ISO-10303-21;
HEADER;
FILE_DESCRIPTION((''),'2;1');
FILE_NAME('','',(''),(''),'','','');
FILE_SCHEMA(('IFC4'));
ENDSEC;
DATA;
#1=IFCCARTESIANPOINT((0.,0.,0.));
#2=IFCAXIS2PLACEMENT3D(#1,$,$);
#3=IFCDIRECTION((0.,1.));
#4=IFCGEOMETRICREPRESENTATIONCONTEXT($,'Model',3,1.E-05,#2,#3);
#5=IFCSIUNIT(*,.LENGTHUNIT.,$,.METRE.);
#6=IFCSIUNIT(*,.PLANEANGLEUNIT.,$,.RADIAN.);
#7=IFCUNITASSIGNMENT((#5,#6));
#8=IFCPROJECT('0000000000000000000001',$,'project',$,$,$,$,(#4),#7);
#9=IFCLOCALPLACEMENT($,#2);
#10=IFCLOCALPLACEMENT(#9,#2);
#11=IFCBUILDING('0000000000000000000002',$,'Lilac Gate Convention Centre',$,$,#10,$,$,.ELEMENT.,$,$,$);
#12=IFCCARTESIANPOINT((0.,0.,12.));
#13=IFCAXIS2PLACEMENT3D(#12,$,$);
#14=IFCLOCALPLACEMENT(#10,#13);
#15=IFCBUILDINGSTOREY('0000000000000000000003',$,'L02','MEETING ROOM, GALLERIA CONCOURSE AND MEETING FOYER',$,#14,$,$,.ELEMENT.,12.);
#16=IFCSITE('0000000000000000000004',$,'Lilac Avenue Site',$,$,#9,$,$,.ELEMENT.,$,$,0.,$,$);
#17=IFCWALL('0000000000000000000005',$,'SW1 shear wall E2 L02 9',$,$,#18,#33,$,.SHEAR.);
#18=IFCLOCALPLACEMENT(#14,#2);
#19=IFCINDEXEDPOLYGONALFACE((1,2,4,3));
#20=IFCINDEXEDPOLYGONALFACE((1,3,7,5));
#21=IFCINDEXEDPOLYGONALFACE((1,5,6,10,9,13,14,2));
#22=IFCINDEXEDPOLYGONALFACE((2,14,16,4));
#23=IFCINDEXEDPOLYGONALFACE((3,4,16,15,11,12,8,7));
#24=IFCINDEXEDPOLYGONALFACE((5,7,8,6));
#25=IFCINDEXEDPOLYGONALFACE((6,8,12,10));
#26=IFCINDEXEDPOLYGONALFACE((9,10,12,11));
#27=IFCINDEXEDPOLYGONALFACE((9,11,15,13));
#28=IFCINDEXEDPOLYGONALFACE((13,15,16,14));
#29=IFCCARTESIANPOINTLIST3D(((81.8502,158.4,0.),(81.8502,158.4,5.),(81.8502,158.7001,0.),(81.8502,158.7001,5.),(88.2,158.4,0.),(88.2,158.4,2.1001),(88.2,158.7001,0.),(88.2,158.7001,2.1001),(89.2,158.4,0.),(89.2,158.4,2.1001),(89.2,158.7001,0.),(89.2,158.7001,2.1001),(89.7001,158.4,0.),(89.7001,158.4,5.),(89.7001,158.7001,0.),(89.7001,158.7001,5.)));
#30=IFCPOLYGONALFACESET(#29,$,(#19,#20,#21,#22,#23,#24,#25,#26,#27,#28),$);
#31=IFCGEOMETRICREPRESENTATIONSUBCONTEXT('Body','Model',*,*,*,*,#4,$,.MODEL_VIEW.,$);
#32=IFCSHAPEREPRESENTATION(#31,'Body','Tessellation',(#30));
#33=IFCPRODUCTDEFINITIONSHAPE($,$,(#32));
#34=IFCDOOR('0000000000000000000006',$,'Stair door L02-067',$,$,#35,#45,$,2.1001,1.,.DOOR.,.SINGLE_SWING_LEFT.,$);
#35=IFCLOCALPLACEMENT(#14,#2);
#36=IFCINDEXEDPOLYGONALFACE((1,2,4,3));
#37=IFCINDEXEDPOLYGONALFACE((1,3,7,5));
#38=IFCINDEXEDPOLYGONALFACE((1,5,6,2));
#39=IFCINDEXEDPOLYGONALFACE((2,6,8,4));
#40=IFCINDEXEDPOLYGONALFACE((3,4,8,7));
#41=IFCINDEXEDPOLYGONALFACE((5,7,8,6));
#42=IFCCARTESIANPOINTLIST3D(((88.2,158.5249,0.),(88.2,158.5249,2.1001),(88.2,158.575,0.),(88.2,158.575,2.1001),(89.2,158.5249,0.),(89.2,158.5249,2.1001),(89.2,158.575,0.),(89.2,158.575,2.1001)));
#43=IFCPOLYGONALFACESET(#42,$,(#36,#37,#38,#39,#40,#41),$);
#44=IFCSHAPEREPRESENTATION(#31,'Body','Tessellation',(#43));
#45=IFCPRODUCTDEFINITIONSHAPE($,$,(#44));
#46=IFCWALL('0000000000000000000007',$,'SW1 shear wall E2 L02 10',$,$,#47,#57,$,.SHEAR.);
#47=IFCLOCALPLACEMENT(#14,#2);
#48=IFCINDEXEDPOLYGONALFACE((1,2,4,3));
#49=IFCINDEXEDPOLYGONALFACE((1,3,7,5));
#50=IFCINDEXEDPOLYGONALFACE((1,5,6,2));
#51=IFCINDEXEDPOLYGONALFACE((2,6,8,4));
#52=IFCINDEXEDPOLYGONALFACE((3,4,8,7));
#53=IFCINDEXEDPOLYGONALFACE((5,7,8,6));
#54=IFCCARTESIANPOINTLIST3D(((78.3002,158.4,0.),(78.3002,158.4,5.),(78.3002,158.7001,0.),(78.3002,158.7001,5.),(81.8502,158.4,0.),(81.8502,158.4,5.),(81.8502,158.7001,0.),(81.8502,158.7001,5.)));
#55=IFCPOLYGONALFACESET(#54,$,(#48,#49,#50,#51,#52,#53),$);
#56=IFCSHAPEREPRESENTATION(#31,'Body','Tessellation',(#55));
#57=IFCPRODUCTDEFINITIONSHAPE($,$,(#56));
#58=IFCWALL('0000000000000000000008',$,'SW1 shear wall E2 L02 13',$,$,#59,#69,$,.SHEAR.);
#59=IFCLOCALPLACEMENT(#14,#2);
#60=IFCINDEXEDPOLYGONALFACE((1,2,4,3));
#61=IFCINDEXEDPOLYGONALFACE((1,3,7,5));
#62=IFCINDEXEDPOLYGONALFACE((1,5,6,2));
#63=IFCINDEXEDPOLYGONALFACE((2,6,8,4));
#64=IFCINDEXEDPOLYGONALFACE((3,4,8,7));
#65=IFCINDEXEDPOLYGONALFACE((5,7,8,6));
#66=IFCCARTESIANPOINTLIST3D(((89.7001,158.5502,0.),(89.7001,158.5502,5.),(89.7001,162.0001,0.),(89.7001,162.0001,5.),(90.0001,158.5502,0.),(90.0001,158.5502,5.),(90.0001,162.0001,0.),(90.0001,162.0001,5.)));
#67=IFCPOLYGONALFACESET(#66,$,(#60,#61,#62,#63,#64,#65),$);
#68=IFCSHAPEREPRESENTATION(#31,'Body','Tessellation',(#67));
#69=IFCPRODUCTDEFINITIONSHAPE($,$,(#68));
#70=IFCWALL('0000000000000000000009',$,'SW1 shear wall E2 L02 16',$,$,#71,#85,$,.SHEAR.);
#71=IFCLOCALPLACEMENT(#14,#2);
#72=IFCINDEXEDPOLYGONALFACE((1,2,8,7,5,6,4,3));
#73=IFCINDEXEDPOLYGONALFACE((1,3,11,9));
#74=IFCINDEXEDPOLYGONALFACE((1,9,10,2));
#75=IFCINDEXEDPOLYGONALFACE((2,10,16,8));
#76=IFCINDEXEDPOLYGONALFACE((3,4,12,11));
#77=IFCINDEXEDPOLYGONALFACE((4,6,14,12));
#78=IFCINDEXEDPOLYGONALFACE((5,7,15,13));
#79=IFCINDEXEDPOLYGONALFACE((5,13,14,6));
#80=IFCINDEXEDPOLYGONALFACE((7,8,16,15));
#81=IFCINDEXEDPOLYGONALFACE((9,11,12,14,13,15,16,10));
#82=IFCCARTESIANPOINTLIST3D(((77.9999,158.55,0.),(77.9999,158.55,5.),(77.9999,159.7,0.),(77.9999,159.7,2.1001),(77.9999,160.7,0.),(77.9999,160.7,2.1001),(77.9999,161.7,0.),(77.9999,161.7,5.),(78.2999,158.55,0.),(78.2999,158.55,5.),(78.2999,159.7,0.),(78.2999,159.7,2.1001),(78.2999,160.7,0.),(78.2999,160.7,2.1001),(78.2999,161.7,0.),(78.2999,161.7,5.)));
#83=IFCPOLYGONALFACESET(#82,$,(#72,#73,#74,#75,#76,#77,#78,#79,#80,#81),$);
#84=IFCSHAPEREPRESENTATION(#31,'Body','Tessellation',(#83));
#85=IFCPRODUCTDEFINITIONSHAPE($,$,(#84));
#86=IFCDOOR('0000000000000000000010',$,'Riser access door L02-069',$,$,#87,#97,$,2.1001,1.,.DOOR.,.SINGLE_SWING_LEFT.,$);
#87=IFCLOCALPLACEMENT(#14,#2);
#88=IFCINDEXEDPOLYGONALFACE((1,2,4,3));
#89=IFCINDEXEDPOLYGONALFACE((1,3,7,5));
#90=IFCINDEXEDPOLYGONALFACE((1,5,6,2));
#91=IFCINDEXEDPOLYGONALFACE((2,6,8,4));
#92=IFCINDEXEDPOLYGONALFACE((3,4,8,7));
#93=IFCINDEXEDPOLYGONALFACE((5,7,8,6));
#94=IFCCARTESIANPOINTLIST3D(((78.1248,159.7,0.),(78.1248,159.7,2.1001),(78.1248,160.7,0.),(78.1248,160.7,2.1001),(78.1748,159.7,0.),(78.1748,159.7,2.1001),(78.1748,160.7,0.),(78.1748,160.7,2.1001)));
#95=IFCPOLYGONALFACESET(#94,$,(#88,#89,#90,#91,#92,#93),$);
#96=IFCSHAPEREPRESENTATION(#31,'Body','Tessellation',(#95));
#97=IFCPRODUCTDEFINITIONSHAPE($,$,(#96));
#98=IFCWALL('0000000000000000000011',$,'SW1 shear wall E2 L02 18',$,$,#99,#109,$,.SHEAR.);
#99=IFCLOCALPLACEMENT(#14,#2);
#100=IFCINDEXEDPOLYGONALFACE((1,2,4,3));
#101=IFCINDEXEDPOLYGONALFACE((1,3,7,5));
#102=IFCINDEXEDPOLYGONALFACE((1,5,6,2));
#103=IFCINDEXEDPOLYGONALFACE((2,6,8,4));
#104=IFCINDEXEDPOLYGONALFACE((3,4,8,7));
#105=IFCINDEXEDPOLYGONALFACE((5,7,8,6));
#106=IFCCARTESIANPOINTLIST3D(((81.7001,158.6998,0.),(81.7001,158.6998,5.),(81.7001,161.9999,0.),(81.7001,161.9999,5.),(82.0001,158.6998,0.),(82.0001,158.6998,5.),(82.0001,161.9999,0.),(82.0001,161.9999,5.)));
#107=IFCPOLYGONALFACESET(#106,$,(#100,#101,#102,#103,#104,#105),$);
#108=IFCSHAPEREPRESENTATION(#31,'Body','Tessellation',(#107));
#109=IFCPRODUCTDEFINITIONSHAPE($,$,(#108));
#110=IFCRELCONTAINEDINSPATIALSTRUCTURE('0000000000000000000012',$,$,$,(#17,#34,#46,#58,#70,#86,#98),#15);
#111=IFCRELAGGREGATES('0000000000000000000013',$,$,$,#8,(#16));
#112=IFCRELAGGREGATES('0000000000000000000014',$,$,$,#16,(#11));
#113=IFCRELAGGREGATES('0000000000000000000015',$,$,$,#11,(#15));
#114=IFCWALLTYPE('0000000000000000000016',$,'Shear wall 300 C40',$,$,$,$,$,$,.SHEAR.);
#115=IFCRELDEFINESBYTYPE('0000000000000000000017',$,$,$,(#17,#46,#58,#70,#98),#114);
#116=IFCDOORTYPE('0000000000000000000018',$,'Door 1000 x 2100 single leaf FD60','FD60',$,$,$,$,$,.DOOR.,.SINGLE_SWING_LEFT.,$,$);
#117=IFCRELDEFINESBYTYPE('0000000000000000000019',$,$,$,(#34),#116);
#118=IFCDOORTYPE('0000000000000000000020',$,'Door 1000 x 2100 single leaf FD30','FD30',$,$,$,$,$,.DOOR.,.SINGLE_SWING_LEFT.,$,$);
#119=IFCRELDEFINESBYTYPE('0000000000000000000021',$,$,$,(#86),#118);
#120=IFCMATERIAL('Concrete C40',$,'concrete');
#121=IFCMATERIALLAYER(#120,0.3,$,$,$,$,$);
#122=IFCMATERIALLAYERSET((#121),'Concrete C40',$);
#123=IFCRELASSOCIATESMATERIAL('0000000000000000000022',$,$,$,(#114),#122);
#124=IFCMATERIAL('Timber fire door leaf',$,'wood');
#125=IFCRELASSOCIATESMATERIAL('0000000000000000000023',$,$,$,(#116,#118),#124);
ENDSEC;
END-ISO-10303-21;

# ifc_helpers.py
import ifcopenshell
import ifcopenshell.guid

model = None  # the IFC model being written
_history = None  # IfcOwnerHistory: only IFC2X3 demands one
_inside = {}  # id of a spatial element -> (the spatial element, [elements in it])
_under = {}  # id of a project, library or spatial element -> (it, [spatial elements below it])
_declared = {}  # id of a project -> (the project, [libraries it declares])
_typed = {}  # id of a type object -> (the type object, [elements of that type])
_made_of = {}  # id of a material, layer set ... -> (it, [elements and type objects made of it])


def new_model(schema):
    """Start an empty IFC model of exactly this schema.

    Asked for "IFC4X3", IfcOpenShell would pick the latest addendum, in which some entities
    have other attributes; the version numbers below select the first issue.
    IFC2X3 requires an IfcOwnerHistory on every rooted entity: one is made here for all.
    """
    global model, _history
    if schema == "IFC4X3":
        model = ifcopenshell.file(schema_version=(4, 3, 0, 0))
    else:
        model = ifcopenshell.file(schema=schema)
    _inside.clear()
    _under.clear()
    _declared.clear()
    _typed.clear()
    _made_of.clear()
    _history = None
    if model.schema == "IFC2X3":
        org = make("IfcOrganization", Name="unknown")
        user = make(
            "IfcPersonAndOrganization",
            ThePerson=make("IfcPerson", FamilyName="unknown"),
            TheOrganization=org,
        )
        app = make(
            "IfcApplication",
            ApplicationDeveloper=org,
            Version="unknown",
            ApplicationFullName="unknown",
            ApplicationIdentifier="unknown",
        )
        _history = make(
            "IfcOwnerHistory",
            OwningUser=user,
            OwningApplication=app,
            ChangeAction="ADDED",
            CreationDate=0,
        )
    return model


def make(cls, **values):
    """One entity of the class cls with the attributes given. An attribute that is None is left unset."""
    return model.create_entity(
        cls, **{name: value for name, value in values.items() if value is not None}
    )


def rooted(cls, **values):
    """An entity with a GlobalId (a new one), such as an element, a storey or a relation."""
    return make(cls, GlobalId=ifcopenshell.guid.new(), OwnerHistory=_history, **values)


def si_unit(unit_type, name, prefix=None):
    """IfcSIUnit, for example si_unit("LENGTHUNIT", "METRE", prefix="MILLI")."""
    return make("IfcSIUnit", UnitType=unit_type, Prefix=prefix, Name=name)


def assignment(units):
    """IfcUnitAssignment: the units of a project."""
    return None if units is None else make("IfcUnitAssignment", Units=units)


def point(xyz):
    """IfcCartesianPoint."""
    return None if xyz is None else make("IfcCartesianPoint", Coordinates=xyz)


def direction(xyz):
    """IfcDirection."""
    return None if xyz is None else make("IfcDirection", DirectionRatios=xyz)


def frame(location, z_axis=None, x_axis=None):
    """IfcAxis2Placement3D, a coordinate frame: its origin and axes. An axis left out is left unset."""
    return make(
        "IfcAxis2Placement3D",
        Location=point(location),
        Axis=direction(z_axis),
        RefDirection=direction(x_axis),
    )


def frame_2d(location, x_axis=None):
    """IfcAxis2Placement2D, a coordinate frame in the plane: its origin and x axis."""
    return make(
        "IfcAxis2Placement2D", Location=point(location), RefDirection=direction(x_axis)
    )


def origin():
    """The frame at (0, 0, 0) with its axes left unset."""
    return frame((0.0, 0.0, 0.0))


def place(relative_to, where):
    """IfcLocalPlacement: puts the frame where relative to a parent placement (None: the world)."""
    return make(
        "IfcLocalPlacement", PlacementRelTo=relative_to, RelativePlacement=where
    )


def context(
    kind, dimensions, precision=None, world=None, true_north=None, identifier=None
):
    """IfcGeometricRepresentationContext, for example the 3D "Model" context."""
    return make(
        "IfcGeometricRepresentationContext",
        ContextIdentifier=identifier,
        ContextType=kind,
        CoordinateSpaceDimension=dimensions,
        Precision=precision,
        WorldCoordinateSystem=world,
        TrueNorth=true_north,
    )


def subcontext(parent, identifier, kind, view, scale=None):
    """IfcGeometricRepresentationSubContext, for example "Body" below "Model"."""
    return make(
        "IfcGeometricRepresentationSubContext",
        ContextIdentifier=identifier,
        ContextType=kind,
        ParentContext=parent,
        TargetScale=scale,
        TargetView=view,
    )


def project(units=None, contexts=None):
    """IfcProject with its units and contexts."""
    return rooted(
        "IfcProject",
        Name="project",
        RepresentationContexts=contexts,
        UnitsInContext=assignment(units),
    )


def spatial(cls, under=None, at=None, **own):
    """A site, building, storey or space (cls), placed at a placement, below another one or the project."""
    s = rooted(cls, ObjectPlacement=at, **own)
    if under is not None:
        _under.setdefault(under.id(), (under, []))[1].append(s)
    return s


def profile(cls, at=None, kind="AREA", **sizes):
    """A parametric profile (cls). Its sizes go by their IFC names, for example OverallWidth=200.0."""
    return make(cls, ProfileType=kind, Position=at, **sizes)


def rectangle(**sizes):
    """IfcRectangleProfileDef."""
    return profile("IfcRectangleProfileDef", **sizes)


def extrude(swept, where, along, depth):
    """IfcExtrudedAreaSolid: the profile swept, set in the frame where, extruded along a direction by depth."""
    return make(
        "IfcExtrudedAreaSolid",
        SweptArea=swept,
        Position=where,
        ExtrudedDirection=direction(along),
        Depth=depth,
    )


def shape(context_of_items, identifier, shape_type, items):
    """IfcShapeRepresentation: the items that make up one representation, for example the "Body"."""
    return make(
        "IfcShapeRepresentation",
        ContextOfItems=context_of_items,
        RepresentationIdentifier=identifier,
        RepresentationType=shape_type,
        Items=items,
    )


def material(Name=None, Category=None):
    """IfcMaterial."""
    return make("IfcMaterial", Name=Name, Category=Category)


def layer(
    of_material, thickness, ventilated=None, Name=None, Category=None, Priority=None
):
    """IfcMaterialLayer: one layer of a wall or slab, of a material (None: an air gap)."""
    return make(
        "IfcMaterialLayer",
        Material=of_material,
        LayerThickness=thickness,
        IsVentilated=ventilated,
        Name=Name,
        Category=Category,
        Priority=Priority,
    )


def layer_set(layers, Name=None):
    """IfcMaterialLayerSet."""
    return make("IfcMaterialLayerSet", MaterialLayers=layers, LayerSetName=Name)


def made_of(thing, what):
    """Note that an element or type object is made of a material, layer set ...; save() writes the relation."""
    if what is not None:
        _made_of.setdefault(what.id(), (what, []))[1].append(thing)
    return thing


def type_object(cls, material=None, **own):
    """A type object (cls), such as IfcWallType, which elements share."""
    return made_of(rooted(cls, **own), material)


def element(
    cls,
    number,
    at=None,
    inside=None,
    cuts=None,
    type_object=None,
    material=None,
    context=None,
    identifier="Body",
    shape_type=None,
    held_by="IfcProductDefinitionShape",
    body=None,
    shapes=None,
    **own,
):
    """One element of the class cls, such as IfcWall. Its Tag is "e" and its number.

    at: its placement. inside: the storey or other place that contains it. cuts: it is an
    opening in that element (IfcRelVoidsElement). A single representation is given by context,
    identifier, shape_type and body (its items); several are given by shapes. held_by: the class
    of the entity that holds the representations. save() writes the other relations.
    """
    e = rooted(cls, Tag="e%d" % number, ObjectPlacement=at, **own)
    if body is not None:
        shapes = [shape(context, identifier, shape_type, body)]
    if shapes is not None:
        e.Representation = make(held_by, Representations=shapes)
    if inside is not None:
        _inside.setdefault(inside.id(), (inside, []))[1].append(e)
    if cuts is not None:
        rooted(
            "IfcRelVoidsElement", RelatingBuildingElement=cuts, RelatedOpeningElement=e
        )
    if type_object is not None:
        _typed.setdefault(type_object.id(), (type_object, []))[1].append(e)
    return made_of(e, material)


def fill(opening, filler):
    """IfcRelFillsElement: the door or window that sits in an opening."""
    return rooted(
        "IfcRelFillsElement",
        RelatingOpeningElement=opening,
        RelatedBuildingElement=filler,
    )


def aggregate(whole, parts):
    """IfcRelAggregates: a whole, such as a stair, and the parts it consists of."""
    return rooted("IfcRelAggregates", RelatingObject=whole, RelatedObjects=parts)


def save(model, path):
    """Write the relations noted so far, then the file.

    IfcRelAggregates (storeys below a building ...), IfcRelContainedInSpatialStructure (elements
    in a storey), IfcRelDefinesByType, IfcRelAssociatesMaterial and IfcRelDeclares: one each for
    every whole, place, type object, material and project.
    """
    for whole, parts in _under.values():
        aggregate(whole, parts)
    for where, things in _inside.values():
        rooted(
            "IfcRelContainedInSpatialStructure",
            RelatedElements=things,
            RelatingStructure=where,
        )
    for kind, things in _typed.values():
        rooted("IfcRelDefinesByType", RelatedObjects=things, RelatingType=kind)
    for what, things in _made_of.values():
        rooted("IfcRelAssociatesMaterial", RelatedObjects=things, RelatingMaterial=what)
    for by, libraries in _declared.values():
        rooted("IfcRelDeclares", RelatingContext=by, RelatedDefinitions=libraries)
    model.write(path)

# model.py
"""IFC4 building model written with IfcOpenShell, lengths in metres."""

from ifc_helpers import new_model, si_unit, direction, frame, frame_2d, origin, place, context, subcontext, project, spatial, rectangle, extrude, material, layer, layer_set, type_object, element, fill, save


model = new_model("IFC4")

# Units and contexts
model_context = context("Model", 3, precision=1e-05, world=origin(), true_north=direction((0.0, 1.0)))
body_context = subcontext(model_context, "Body", "Model", "MODEL_VIEW")
ifc_project = project(units=[si_unit("LENGTHUNIT", "METRE"), si_unit("PLANEANGLEUNIT", "RADIAN")], contexts=[model_context])

# Site, building, storey
site_placement = place(None, origin())
site = spatial("IfcSite", under=ifc_project, at=site_placement, Name="Lilac Avenue Site", CompositionType="ELEMENT", RefElevation=0.0)
building_placement = place(site_placement, origin())
building = spatial("IfcBuilding", under=site, at=building_placement, Name="Lilac Gate Convention Centre", CompositionType="ELEMENT")
storey_placement = place(building_placement, frame((0.0, 0.0, 12.0)))
storey = spatial("IfcBuildingStorey", under=building, at=storey_placement, Name="L02", Description="MEETING ROOM, GALLERIA CONCOURSE AND MEETING FOYER", CompositionType="ELEMENT", Elevation=12.0)

# Shared definitions
ifc_material_1 = material(Name="Concrete C40", Category="concrete")

# Shared definitions
ifc_layer_1 = layer(ifc_material_1, 0.3)
ifc_layer_set_1 = layer_set([ifc_layer_1], Name="Concrete C40")
wall_type_1 = type_object("IfcWallType", Name="Shear wall 300 C40", PredefinedType="SHEAR", material=ifc_layer_set_1)

# Wall, opening, door
wall_1_placement = place(storey_placement, frame((89.7, 158.55, 0.0), z_axis=(0.0, 0.0, 1.0), x_axis=(-1.0, 0.0, 0.0)))
wall_1 = element("IfcWall", 1, at=wall_1_placement, inside=storey, type_object=wall_type_1, Name="SW1 shear wall E2 L02 9", PredefinedType="SHEAR", context=body_context, shape_type="SweptSolid", body=[
    extrude(rectangle(XDim=7.8499, YDim=0.3, at=frame_2d((3.9248, 0.0))), origin(), (0.0, 0.0, 1.0), 5.0),
])
opening_1_placement = place(wall_1_placement, frame((0.5, 0.0, 0.0)))
opening_1 = element("IfcOpeningElement", 2, at=opening_1_placement, cuts=wall_1, PredefinedType="OPENING", context=body_context, shape_type="SweptSolid", body=[
    extrude(rectangle(XDim=1.0, YDim=2.1001, at=frame_2d((0.5, 1.05))), frame((0.0, 0.1599, 0.0), z_axis=(0.0, -1.0, 0.0), x_axis=(1.0, 0.0, 0.0)), (0.0, 0.0, 1.0), 0.3201),
])
ifc_material_2 = material(Name="Timber fire door leaf", Category="wood")
door_type_1 = type_object("IfcDoorType", Name="Door 1000 x 2100 single leaf FD60", Description="FD60", OperationType="SINGLE_SWING_LEFT", PredefinedType="DOOR", material=ifc_material_2)
door_1_placement = place(opening_1_placement, frame((1.0, 0.0, 0.0), z_axis=(0.0, 0.0, 1.0), x_axis=(-1.0, 0.0, 0.0)))
door_1 = element("IfcDoor", 3, at=door_1_placement, inside=storey, type_object=door_type_1, Name="Stair door L02-067", OperationType="SINGLE_SWING_LEFT", OverallHeight=2.1001, OverallWidth=1.0, PredefinedType="DOOR", context=body_context, shape_type="SweptSolid", body=[
    extrude(rectangle(XDim=1.0, YDim=2.1001, at=frame_2d((0.5, 1.05))), frame((0.0, 0.0249, 0.0), z_axis=(0.0, -1.0, 0.0), x_axis=(1.0, 0.0, 0.0)), (0.0, 0.0, 1.0), 0.05),
])
fill(opening_1, door_1)

# Walls
wall_2_placement = place(storey_placement, frame((81.8501, 158.55, 0.0), z_axis=(0.0, 0.0, 1.0), x_axis=(-1.0, 0.0, 0.0)))
element("IfcWall", 4, at=wall_2_placement, inside=storey, type_object=wall_type_1, Name="SW1 shear wall E2 L02 10", PredefinedType="SHEAR", context=body_context, shape_type="SweptSolid", body=[
    extrude(rectangle(XDim=3.55, YDim=0.3, at=frame_2d((1.7749, 0.0))), origin(), (0.0, 0.0, 1.0), 5.0),
])
wall_3_placement = place(storey_placement, frame((89.8501, 158.55, 0.0), z_axis=(0.0, 0.0, 1.0), x_axis=(0.0, 1.0, 0.0)))
element("IfcWall", 5, at=wall_3_placement, inside=storey, type_object=wall_type_1, Name="SW1 shear wall E2 L02 13", PredefinedType="SHEAR", context=body_context, shape_type="SweptSolid", body=[
    extrude(rectangle(XDim=3.45, YDim=0.3, at=frame_2d((1.7251, 0.0))), origin(), (0.0, 0.0, 1.0), 5.0),
])

# Wall, opening, door
wall_4_placement = place(storey_placement, frame((78.1499, 158.55, 0.0), z_axis=(0.0, 0.0, 1.0), x_axis=(0.0, 1.0, 0.0)))
wall_4 = element("IfcWall", 6, at=wall_4_placement, inside=storey, type_object=wall_type_1, Name="SW1 shear wall E2 L02 16", PredefinedType="SHEAR", context=body_context, shape_type="SweptSolid", body=[
    extrude(rectangle(XDim=3.1499, YDim=0.3, at=frame_2d((1.575, 0.0))), origin(), (0.0, 0.0, 1.0), 5.0),
])
opening_2_placement = place(wall_4_placement, frame((1.1499, 0.0, 0.0)))
opening_2 = element("IfcOpeningElement", 7, at=opening_2_placement, cuts=wall_4, PredefinedType="OPENING", context=body_context, shape_type="SweptSolid", body=[
    extrude(rectangle(XDim=1.0, YDim=2.1001, at=frame_2d((0.5, 1.05))), frame((0.0, 0.1599, 0.0), z_axis=(0.0, -1.0, 0.0), x_axis=(1.0, 0.0, 0.0)), (0.0, 0.0, 1.0), 0.3201),
])
door_type_2 = type_object("IfcDoorType", Name="Door 1000 x 2100 single leaf FD30", Description="FD30", OperationType="SINGLE_SWING_LEFT", PredefinedType="DOOR", material=ifc_material_2)
door_2_placement = place(opening_2_placement, frame((1.0, 0.0, 0.0), z_axis=(0.0, 0.0, 1.0), x_axis=(-1.0, 0.0, 0.0)))
door_2 = element("IfcDoor", 8, at=door_2_placement, inside=storey, type_object=door_type_2, Name="Riser access door L02-069", OperationType="SINGLE_SWING_LEFT", OverallHeight=2.1001, OverallWidth=1.0, PredefinedType="DOOR", context=body_context, shape_type="SweptSolid", body=[
    extrude(rectangle(XDim=1.0, YDim=2.1001, at=frame_2d((0.5, 1.05))), frame((0.0, 0.0249, 0.0), z_axis=(0.0, -1.0, 0.0), x_axis=(1.0, 0.0, 0.0)), (0.0, 0.0, 1.0), 0.05),
])
fill(opening_2, door_2)

# Wall
wall_5_placement = place(storey_placement, frame((81.8501, 158.7, 0.0), z_axis=(0.0, 0.0, 1.0), x_axis=(0.0, 1.0, 0.0)))
element("IfcWall", 9, at=wall_5_placement, inside=storey, type_object=wall_type_1, Name="SW1 shear wall E2 L02 18", PredefinedType="SHEAR", context=body_context, shape_type="SweptSolid", body=[
    extrude(rectangle(XDim=3.3, YDim=0.3, at=frame_2d((1.6499, 0.0))), origin(), (0.0, 0.0, 1.0), 5.0),
])

save(model, "model.ifc")
